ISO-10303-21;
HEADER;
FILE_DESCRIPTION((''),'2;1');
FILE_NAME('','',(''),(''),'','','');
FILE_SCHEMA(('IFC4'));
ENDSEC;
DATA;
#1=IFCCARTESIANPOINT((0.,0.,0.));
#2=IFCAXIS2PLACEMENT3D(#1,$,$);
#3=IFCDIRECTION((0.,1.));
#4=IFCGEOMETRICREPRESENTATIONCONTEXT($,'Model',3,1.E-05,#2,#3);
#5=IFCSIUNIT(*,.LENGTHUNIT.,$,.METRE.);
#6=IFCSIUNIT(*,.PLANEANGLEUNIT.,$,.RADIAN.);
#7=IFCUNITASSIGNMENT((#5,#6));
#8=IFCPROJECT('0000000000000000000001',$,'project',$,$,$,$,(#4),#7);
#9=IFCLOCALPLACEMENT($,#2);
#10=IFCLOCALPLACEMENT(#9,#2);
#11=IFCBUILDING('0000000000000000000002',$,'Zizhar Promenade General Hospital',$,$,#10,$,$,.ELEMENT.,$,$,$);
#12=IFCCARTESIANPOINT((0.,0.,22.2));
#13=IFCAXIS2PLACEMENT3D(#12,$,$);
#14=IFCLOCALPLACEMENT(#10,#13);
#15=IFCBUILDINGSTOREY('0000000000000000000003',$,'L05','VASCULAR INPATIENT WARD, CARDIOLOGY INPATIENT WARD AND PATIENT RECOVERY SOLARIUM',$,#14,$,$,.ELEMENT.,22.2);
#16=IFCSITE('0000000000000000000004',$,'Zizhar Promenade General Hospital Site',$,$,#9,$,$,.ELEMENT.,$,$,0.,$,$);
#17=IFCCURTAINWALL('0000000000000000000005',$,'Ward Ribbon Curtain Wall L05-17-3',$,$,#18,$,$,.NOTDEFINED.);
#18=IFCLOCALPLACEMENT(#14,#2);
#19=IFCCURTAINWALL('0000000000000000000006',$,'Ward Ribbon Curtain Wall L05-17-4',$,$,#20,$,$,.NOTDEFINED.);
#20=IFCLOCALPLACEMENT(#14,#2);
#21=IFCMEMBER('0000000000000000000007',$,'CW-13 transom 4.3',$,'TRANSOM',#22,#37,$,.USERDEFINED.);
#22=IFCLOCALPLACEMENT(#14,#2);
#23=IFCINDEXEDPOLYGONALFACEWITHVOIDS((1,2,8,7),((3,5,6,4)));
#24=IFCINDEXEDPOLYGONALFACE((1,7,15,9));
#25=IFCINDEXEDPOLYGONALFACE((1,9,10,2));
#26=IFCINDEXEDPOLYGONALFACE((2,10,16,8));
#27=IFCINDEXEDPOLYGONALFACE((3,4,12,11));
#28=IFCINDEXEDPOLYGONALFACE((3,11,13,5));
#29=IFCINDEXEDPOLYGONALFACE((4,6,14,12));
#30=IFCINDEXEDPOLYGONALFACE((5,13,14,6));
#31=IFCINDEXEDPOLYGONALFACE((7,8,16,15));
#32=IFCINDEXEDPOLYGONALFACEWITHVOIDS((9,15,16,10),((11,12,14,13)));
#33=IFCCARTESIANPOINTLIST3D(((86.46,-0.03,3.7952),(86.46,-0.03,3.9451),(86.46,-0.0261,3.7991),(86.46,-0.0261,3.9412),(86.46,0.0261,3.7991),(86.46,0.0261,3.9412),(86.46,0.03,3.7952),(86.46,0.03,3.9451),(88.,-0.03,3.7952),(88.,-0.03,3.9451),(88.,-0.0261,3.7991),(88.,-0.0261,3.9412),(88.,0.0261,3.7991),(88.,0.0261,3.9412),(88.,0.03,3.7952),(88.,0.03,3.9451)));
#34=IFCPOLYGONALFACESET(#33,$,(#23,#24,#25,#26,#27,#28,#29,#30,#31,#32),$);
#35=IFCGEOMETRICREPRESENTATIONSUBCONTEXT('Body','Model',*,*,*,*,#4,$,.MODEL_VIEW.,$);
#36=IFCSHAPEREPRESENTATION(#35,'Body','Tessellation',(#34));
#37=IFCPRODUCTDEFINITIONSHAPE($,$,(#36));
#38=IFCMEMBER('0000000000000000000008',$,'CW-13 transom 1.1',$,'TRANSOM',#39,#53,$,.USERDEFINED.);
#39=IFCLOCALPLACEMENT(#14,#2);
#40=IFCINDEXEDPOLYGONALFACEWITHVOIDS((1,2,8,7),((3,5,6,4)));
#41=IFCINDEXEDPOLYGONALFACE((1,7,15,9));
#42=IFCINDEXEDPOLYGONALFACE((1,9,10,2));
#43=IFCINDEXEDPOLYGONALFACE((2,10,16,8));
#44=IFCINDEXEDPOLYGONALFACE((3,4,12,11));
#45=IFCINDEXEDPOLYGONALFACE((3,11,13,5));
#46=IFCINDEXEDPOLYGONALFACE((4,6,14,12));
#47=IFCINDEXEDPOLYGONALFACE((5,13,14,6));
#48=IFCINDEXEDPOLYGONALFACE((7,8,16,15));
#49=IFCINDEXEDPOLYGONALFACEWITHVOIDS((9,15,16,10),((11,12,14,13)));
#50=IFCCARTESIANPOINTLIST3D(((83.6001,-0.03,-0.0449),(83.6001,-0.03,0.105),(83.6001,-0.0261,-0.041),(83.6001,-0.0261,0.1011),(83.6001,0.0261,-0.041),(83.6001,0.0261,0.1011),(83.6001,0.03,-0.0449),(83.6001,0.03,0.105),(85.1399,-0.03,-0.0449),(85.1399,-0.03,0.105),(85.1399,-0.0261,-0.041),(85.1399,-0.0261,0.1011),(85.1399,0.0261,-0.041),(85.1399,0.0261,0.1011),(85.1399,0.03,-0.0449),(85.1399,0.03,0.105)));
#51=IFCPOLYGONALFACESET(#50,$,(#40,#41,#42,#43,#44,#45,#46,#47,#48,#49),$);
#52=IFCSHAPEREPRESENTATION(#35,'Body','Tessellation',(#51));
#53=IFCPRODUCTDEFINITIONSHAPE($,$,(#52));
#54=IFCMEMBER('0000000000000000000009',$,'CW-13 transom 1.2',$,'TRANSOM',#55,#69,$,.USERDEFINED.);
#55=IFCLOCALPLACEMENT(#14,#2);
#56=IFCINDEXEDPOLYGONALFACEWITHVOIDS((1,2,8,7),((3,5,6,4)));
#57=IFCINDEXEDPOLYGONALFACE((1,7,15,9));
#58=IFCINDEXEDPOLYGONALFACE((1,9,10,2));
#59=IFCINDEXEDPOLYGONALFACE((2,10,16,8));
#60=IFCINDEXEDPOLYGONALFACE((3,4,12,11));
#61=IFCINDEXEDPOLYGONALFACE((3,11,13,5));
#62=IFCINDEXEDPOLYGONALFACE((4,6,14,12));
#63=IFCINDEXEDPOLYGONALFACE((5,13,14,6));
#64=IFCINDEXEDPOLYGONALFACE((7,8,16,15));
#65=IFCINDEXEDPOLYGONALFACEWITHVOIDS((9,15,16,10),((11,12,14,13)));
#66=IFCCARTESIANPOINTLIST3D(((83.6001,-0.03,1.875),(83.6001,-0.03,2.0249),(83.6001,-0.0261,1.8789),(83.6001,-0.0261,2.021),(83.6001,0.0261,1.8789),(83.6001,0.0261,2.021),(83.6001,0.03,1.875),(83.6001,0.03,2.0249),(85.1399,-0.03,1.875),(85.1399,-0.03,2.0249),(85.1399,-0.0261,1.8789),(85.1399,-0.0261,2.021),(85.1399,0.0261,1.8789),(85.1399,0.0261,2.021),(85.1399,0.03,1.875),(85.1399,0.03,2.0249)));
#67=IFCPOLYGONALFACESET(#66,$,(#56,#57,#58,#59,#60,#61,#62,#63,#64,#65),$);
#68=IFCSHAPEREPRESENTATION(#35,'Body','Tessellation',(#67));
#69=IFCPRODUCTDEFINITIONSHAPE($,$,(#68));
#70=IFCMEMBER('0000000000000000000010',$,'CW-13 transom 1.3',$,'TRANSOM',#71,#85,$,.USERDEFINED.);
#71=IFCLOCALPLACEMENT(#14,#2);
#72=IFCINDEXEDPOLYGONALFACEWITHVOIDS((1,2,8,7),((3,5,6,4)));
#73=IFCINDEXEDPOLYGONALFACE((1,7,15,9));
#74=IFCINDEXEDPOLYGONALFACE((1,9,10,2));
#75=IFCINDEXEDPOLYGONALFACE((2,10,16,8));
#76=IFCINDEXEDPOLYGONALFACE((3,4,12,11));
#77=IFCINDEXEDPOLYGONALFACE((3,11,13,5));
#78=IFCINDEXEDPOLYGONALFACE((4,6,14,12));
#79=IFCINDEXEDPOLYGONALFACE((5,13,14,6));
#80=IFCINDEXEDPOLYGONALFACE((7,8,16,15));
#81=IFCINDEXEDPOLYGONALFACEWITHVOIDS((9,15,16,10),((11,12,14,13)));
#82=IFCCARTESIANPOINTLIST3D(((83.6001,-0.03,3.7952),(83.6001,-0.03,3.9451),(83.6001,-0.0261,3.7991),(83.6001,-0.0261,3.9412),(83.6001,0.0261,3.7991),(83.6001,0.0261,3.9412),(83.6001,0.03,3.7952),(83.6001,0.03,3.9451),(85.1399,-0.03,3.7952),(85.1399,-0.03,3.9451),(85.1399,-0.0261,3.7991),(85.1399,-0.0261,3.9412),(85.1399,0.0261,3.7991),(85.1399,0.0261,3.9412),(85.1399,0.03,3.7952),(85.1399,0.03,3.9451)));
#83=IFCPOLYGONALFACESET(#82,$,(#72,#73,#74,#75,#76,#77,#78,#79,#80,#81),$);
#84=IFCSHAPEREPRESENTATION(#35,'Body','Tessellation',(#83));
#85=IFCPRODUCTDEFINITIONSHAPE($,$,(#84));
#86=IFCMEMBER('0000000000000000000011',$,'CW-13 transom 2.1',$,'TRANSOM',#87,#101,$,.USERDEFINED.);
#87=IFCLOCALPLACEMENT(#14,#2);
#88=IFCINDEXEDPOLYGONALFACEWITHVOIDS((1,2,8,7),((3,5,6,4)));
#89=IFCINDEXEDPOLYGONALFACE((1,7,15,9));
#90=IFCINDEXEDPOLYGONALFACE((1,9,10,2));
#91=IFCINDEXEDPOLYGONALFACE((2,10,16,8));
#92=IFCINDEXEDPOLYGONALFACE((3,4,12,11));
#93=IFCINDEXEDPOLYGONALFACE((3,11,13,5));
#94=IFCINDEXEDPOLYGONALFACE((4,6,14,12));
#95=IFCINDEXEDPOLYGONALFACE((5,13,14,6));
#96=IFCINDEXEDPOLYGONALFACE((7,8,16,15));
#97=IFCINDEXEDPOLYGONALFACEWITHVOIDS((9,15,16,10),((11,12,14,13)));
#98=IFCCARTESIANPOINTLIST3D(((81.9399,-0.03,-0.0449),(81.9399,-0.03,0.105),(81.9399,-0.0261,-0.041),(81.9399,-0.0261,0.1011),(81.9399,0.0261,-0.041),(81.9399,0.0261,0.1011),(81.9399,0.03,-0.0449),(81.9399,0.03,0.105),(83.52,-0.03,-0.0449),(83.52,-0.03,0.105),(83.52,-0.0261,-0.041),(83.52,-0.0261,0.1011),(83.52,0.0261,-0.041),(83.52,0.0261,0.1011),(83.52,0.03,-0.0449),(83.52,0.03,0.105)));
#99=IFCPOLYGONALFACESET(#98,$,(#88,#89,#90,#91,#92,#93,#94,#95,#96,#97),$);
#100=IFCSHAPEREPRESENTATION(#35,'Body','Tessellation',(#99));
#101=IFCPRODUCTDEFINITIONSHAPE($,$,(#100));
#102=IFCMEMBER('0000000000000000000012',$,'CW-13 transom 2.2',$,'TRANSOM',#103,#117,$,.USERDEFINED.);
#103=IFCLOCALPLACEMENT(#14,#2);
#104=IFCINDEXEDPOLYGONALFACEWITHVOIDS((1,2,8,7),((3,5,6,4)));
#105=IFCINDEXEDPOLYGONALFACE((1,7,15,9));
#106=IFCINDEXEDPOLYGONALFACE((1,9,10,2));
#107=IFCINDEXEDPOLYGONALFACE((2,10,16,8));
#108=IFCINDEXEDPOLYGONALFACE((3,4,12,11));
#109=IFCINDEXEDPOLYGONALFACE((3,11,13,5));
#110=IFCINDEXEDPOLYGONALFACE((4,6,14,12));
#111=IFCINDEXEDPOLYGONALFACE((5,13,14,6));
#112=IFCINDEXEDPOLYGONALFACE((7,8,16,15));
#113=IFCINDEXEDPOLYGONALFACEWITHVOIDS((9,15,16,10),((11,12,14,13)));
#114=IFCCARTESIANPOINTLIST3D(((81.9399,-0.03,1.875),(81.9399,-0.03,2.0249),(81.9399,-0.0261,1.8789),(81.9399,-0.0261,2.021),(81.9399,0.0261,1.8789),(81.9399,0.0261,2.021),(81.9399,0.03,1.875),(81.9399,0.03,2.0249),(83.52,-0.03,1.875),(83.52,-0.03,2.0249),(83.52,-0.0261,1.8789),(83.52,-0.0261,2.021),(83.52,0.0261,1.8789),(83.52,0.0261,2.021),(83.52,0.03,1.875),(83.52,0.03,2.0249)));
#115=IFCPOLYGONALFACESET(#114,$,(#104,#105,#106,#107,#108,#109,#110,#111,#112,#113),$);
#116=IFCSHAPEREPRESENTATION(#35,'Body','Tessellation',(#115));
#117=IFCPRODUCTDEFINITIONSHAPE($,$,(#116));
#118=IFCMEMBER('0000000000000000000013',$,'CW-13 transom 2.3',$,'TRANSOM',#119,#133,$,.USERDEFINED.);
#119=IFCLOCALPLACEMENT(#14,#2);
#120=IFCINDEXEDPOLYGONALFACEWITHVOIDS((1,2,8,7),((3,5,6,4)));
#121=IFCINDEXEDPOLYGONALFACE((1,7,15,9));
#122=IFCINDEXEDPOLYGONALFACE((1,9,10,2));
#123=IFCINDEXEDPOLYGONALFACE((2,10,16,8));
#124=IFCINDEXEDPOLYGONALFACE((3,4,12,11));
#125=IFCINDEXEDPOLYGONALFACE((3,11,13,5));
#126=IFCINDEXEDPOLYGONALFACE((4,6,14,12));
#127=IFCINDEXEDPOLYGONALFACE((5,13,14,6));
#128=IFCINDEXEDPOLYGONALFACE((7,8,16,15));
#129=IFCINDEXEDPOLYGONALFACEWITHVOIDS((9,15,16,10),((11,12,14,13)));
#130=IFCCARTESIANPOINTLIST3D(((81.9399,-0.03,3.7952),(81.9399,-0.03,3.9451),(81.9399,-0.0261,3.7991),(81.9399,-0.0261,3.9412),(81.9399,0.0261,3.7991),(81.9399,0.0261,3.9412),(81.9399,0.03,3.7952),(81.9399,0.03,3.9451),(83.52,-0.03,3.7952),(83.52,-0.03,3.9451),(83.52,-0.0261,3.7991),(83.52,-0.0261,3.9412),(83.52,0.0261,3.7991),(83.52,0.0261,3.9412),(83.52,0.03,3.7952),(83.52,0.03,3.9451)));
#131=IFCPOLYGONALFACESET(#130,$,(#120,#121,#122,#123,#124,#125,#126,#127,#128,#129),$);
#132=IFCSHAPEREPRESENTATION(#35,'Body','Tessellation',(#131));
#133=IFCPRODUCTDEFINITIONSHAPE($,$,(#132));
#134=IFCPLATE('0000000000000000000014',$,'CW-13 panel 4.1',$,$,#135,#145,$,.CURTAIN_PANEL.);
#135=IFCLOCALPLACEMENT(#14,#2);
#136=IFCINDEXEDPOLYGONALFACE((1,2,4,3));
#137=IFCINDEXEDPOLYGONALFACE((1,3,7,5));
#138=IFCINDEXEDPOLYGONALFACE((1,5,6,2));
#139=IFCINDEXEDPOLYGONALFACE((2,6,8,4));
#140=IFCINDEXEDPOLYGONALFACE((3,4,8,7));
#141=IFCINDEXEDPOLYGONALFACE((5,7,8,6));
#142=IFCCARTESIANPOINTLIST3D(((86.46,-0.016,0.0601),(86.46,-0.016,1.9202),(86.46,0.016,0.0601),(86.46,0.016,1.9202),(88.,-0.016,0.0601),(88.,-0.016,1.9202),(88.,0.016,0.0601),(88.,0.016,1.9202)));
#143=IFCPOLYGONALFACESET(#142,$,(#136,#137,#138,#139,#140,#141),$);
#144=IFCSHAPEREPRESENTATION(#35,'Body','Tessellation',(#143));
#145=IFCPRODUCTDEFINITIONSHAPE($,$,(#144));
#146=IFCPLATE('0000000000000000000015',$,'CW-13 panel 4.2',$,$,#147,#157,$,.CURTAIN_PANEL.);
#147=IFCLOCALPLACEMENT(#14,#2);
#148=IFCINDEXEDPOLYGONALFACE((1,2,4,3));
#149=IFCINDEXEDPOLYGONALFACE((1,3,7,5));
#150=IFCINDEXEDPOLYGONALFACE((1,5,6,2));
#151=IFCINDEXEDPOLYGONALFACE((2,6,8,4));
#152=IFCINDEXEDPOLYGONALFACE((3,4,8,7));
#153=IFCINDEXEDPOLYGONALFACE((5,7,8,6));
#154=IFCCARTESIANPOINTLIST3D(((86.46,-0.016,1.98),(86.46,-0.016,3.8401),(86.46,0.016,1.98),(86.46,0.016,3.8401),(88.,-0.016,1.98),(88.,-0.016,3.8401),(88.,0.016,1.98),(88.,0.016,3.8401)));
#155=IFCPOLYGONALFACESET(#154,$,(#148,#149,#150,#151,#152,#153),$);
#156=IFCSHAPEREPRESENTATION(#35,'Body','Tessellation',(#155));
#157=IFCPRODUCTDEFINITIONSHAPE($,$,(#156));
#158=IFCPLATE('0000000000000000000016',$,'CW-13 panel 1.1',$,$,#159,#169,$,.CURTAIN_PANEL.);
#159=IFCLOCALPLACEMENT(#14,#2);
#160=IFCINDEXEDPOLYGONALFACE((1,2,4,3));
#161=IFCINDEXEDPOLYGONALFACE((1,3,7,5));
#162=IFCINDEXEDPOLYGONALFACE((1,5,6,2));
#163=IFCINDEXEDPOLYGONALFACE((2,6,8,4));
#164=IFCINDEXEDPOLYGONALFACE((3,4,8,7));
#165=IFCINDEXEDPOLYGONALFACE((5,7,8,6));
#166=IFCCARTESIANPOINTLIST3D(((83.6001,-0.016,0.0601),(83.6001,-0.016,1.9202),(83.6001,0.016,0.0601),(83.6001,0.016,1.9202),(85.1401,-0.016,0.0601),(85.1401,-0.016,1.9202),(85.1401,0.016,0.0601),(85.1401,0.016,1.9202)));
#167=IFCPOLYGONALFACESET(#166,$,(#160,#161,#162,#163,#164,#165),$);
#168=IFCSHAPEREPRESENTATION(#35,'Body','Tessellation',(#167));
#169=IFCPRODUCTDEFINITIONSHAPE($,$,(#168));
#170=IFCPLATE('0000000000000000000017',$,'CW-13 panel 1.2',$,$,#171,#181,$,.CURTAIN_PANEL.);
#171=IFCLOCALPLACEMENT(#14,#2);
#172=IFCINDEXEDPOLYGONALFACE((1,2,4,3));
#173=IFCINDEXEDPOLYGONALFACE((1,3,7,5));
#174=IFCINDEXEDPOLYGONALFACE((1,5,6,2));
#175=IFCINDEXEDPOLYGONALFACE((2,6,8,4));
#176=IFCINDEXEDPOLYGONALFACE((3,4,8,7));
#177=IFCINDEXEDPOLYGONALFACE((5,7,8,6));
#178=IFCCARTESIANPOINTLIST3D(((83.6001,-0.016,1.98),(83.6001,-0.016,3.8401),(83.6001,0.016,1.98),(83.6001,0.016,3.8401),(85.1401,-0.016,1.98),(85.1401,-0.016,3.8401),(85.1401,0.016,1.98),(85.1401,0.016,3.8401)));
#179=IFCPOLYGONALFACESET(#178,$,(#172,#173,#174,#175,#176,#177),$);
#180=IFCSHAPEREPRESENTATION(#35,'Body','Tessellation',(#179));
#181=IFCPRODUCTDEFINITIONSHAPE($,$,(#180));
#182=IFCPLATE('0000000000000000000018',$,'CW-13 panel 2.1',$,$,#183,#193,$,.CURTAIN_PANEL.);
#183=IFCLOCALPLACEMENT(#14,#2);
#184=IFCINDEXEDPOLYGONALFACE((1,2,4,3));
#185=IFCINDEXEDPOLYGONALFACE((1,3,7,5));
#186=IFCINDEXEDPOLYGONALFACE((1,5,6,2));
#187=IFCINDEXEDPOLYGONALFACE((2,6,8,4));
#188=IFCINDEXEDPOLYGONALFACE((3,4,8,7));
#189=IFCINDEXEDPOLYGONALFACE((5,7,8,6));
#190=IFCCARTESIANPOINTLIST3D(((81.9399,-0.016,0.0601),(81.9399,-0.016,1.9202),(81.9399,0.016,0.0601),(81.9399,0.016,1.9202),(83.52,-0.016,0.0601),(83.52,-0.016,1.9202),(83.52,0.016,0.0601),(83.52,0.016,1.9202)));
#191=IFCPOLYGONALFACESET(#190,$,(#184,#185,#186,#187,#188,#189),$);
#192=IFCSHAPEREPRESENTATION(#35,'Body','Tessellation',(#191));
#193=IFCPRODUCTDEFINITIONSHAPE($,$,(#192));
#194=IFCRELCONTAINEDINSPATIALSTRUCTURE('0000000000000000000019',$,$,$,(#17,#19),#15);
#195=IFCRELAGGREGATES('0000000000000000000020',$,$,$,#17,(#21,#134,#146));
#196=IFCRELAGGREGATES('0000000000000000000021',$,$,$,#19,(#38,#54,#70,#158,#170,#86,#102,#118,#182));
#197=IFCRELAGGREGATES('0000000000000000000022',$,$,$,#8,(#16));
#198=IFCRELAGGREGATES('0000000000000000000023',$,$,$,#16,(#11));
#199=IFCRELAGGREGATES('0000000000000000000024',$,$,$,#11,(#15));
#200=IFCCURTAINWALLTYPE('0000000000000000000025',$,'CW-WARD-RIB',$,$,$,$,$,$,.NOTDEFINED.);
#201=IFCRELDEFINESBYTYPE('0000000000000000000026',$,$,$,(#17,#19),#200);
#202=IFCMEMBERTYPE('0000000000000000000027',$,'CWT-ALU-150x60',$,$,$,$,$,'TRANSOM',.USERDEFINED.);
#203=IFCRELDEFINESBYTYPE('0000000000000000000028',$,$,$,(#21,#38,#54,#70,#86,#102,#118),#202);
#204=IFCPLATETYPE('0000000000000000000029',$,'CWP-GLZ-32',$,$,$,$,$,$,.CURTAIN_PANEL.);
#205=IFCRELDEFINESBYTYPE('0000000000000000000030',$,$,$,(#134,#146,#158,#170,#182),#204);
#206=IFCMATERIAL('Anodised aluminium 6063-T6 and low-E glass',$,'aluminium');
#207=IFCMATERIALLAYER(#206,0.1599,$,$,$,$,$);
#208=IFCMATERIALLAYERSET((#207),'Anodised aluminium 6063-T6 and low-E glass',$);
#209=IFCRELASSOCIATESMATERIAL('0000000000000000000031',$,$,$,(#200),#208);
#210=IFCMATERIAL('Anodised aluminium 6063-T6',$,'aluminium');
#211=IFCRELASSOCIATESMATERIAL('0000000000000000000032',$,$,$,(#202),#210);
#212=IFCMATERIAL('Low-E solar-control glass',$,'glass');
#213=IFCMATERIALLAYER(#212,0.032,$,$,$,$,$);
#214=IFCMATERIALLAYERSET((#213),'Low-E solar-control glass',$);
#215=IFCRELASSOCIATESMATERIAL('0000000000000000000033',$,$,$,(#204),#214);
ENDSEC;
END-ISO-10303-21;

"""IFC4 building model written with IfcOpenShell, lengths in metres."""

from ifc_helpers import new_model, si_unit, direction, frame, origin, origin_2d, place, context, subcontext, project, spatial, rectangle, hollow_rectangle, extrude, material, layer, layer_set, material_profile, profile_set, type_object, element, aggregate, save


model = new_model("IFC4")

# Units and contexts
model_context = context("Model", 3, precision=1e-05, world=origin(), true_north=direction((0.0, 1.0)))
body_context = subcontext(model_context, "Body", "Model", "MODEL_VIEW")
ifc_project = project(units=[si_unit("LENGTHUNIT", "METRE"), si_unit("PLANEANGLEUNIT", "RADIAN")], contexts=[model_context])

# Site, building, storey
site_placement = place(None, origin())
site = spatial("IfcSite", under=ifc_project, at=site_placement, Name="Zizhar Promenade General Hospital Site", CompositionType="ELEMENT", RefElevation=0.0)
building_placement = place(site_placement, origin())
building = spatial("IfcBuilding", under=site, at=building_placement, Name="Zizhar Promenade General Hospital", CompositionType="ELEMENT")
storey_placement = place(building_placement, frame((0.0, 0.0, 22.2)))
storey = spatial("IfcBuildingStorey", under=building, at=storey_placement, Name="L05", Description="VASCULAR INPATIENT WARD, CARDIOLOGY INPATIENT WARD AND PATIENT RECOVERY SOLARIUM", CompositionType="ELEMENT", Elevation=22.2)

# Curtain walls
ifc_material_1 = material(Name="Anodised aluminium 6063-T6 and low-E glass", Category="aluminium")
ifc_layer_1 = layer(ifc_material_1, 0.1599)
ifc_layer_set_1 = layer_set([ifc_layer_1], Name="Anodised aluminium 6063-T6 and low-E glass")
curtain_wall_type = type_object("IfcCurtainWallType", Name="CW-WARD-RIB", PredefinedType="NOTDEFINED", material=ifc_layer_set_1)
curtain_wall_1_placement = place(storey_placement, origin())
curtain_wall_1 = element("IfcCurtainWall", 1, at=curtain_wall_1_placement, inside=storey, type_object=curtain_wall_type, Name="Ward Ribbon Curtain Wall L05-17-3", PredefinedType="NOTDEFINED")
curtain_wall_2_placement = place(storey_placement, origin())
curtain_wall_2 = element("IfcCurtainWall", 2, at=curtain_wall_2_placement, inside=storey, type_object=curtain_wall_type, Name="Ward Ribbon Curtain Wall L05-17-4", PredefinedType="NOTDEFINED")

# Members
ifc_material_2 = material(Name="Anodised aluminium 6063-T6", Category="aluminium")
ifc_material_profile_1 = material_profile(ifc_material_2, hollow_rectangle(XDim=0.0601, YDim=0.1499, WallThickness=0.0039, at=origin_2d()))
ifc_profile_set_1 = profile_set([ifc_material_profile_1], Name="Anodised aluminium 6063-T6")
member_type_1 = type_object("IfcMemberType", Name="CWT-ALU-150x60", ElementType="TRANSOM", PredefinedType="USERDEFINED", material=ifc_profile_set_1)
member_1_placement = place(storey_placement, frame((88.0, 0.0, 3.8701), z_axis=(-1.0, 0.0, 0.0), x_axis=(0.0, -1.0, 0.0)))
member_1 = element("IfcMember", 3, at=member_1_placement, type_object=member_type_1, Name="CW-13 transom 4.3", ObjectType="TRANSOM", PredefinedType="USERDEFINED", context=body_context, shape_type="SweptSolid", body=[
    extrude(hollow_rectangle(XDim=0.0601, YDim=0.1499, WallThickness=0.0039, at=origin_2d()), origin(), (0.0, 0.0, 1.0), 1.54),
])
member_2_placement = place(storey_placement, frame((85.1399, 0.0, 0.03), z_axis=(-1.0, 0.0, 0.0), x_axis=(0.0, -1.0, 0.0)))
member_2 = element("IfcMember", 4, at=member_2_placement, type_object=member_type_1, Name="CW-13 transom 1.1", ObjectType="TRANSOM", PredefinedType="USERDEFINED", context=body_context, shape_type="SweptSolid", body=[
    extrude(hollow_rectangle(XDim=0.0601, YDim=0.1499, WallThickness=0.0039, at=origin_2d()), origin(), (0.0, 0.0, 1.0), 1.5398),
])
member_3_placement = place(storey_placement, frame((85.1399, 0.0, 1.95), z_axis=(-1.0, 0.0, 0.0), x_axis=(0.0, -1.0, 0.0)))
member_3 = element("IfcMember", 5, at=member_3_placement, type_object=member_type_1, Name="CW-13 transom 1.2", ObjectType="TRANSOM", PredefinedType="USERDEFINED", context=body_context, shape_type="SweptSolid", body=[
    extrude(hollow_rectangle(XDim=0.0601, YDim=0.1499, WallThickness=0.0039, at=origin_2d()), origin(), (0.0, 0.0, 1.0), 1.5398),
])
member_4_placement = place(storey_placement, frame((85.1399, 0.0, 3.8701), z_axis=(-1.0, 0.0, 0.0), x_axis=(0.0, -1.0, 0.0)))
member_4 = element("IfcMember", 6, at=member_4_placement, type_object=member_type_1, Name="CW-13 transom 1.3", ObjectType="TRANSOM", PredefinedType="USERDEFINED", context=body_context, shape_type="SweptSolid", body=[
    extrude(hollow_rectangle(XDim=0.0601, YDim=0.1499, WallThickness=0.0039, at=origin_2d()), origin(), (0.0, 0.0, 1.0), 1.5398),
])
member_5_placement = place(storey_placement, frame((83.52, 0.0, 0.03), z_axis=(-1.0, 0.0, 0.0), x_axis=(0.0, -1.0, 0.0)))
member_5 = element("IfcMember", 7, at=member_5_placement, type_object=member_type_1, Name="CW-13 transom 2.1", ObjectType="TRANSOM", PredefinedType="USERDEFINED", context=body_context, shape_type="SweptSolid", body=[
    extrude(hollow_rectangle(XDim=0.0601, YDim=0.1499, WallThickness=0.0039, at=origin_2d()), origin(), (0.0, 0.0, 1.0), 1.5801),
])
member_6_placement = place(storey_placement, frame((83.52, 0.0, 1.95), z_axis=(-1.0, 0.0, 0.0), x_axis=(0.0, -1.0, 0.0)))
member_6 = element("IfcMember", 8, at=member_6_placement, type_object=member_type_1, Name="CW-13 transom 2.2", ObjectType="TRANSOM", PredefinedType="USERDEFINED", context=body_context, shape_type="SweptSolid", body=[
    extrude(hollow_rectangle(XDim=0.0601, YDim=0.1499, WallThickness=0.0039, at=origin_2d()), origin(), (0.0, 0.0, 1.0), 1.5801),
])
member_7_placement = place(storey_placement, frame((83.52, 0.0, 3.8701), z_axis=(-1.0, 0.0, 0.0), x_axis=(0.0, -1.0, 0.0)))
member_7 = element("IfcMember", 9, at=member_7_placement, type_object=member_type_1, Name="CW-13 transom 2.3", ObjectType="TRANSOM", PredefinedType="USERDEFINED", context=body_context, shape_type="SweptSolid", body=[
    extrude(hollow_rectangle(XDim=0.0601, YDim=0.1499, WallThickness=0.0039, at=origin_2d()), origin(), (0.0, 0.0, 1.0), 1.5801),
])

# Plates
ifc_material_3 = material(Name="Low-E solar-control glass", Category="glass")
ifc_layer_2 = layer(ifc_material_3, 0.032)
ifc_layer_set_2 = layer_set([ifc_layer_2], Name="Low-E solar-control glass")
plate_type = type_object("IfcPlateType", Name="CWP-GLZ-32", PredefinedType="CURTAIN_PANEL", material=ifc_layer_set_2)
plate_1_placement = place(storey_placement, frame((87.23, 0.0, 0.0601), z_axis=(0.0, 0.0, 1.0), x_axis=(-1.0, 0.0, 0.0)))
plate_1 = element("IfcPlate", 10, at=plate_1_placement, type_object=plate_type, Name="CW-13 panel 4.1", PredefinedType="CURTAIN_PANEL", context=body_context, shape_type="SweptSolid", body=[
    extrude(rectangle(XDim=1.54, YDim=0.032, at=origin_2d()), origin(), (0.0, 0.0, 1.0), 1.8601),
])
plate_2_placement = place(storey_placement, frame((87.23, 0.0, 1.98), z_axis=(0.0, 0.0, 1.0), x_axis=(-1.0, 0.0, 0.0)))
plate_2 = element("IfcPlate", 11, at=plate_2_placement, type_object=plate_type, Name="CW-13 panel 4.2", PredefinedType="CURTAIN_PANEL", context=body_context, shape_type="SweptSolid", body=[
    extrude(rectangle(XDim=1.54, YDim=0.032, at=origin_2d()), origin(), (0.0, 0.0, 1.0), 1.8601),
])
aggregate(curtain_wall_1, [member_1, plate_1, plate_2])
plate_3_placement = place(storey_placement, frame((84.3701, 0.0, 0.0601), z_axis=(0.0, 0.0, 1.0), x_axis=(-1.0, 0.0, 0.0)))
plate_3 = element("IfcPlate", 12, at=plate_3_placement, type_object=plate_type, Name="CW-13 panel 1.1", PredefinedType="CURTAIN_PANEL", context=body_context, shape_type="SweptSolid", body=[
    extrude(rectangle(XDim=1.54, YDim=0.032, at=origin_2d()), origin(), (0.0, 0.0, 1.0), 1.8601),
])
plate_4_placement = place(storey_placement, frame((84.3701, 0.0, 1.98), z_axis=(0.0, 0.0, 1.0), x_axis=(-1.0, 0.0, 0.0)))
plate_4 = element("IfcPlate", 13, at=plate_4_placement, type_object=plate_type, Name="CW-13 panel 1.2", PredefinedType="CURTAIN_PANEL", context=body_context, shape_type="SweptSolid", body=[
    extrude(rectangle(XDim=1.54, YDim=0.032, at=origin_2d()), origin(), (0.0, 0.0, 1.0), 1.8601),
])
plate_5_placement = place(storey_placement, frame((82.73, 0.0, 0.0601), z_axis=(0.0, 0.0, 1.0), x_axis=(-1.0, 0.0, 0.0)))
plate_5 = element("IfcPlate", 14, at=plate_5_placement, type_object=plate_type, Name="CW-13 panel 2.1", PredefinedType="CURTAIN_PANEL", context=body_context, shape_type="SweptSolid", body=[
    extrude(rectangle(XDim=1.5801, YDim=0.032, at=origin_2d()), origin(), (0.0, 0.0, 1.0), 1.8601),
])
aggregate(curtain_wall_2, [member_2, member_3, member_4, plate_3, plate_4, member_5, member_6, member_7, plate_5])

save(model, "model.ifc")
